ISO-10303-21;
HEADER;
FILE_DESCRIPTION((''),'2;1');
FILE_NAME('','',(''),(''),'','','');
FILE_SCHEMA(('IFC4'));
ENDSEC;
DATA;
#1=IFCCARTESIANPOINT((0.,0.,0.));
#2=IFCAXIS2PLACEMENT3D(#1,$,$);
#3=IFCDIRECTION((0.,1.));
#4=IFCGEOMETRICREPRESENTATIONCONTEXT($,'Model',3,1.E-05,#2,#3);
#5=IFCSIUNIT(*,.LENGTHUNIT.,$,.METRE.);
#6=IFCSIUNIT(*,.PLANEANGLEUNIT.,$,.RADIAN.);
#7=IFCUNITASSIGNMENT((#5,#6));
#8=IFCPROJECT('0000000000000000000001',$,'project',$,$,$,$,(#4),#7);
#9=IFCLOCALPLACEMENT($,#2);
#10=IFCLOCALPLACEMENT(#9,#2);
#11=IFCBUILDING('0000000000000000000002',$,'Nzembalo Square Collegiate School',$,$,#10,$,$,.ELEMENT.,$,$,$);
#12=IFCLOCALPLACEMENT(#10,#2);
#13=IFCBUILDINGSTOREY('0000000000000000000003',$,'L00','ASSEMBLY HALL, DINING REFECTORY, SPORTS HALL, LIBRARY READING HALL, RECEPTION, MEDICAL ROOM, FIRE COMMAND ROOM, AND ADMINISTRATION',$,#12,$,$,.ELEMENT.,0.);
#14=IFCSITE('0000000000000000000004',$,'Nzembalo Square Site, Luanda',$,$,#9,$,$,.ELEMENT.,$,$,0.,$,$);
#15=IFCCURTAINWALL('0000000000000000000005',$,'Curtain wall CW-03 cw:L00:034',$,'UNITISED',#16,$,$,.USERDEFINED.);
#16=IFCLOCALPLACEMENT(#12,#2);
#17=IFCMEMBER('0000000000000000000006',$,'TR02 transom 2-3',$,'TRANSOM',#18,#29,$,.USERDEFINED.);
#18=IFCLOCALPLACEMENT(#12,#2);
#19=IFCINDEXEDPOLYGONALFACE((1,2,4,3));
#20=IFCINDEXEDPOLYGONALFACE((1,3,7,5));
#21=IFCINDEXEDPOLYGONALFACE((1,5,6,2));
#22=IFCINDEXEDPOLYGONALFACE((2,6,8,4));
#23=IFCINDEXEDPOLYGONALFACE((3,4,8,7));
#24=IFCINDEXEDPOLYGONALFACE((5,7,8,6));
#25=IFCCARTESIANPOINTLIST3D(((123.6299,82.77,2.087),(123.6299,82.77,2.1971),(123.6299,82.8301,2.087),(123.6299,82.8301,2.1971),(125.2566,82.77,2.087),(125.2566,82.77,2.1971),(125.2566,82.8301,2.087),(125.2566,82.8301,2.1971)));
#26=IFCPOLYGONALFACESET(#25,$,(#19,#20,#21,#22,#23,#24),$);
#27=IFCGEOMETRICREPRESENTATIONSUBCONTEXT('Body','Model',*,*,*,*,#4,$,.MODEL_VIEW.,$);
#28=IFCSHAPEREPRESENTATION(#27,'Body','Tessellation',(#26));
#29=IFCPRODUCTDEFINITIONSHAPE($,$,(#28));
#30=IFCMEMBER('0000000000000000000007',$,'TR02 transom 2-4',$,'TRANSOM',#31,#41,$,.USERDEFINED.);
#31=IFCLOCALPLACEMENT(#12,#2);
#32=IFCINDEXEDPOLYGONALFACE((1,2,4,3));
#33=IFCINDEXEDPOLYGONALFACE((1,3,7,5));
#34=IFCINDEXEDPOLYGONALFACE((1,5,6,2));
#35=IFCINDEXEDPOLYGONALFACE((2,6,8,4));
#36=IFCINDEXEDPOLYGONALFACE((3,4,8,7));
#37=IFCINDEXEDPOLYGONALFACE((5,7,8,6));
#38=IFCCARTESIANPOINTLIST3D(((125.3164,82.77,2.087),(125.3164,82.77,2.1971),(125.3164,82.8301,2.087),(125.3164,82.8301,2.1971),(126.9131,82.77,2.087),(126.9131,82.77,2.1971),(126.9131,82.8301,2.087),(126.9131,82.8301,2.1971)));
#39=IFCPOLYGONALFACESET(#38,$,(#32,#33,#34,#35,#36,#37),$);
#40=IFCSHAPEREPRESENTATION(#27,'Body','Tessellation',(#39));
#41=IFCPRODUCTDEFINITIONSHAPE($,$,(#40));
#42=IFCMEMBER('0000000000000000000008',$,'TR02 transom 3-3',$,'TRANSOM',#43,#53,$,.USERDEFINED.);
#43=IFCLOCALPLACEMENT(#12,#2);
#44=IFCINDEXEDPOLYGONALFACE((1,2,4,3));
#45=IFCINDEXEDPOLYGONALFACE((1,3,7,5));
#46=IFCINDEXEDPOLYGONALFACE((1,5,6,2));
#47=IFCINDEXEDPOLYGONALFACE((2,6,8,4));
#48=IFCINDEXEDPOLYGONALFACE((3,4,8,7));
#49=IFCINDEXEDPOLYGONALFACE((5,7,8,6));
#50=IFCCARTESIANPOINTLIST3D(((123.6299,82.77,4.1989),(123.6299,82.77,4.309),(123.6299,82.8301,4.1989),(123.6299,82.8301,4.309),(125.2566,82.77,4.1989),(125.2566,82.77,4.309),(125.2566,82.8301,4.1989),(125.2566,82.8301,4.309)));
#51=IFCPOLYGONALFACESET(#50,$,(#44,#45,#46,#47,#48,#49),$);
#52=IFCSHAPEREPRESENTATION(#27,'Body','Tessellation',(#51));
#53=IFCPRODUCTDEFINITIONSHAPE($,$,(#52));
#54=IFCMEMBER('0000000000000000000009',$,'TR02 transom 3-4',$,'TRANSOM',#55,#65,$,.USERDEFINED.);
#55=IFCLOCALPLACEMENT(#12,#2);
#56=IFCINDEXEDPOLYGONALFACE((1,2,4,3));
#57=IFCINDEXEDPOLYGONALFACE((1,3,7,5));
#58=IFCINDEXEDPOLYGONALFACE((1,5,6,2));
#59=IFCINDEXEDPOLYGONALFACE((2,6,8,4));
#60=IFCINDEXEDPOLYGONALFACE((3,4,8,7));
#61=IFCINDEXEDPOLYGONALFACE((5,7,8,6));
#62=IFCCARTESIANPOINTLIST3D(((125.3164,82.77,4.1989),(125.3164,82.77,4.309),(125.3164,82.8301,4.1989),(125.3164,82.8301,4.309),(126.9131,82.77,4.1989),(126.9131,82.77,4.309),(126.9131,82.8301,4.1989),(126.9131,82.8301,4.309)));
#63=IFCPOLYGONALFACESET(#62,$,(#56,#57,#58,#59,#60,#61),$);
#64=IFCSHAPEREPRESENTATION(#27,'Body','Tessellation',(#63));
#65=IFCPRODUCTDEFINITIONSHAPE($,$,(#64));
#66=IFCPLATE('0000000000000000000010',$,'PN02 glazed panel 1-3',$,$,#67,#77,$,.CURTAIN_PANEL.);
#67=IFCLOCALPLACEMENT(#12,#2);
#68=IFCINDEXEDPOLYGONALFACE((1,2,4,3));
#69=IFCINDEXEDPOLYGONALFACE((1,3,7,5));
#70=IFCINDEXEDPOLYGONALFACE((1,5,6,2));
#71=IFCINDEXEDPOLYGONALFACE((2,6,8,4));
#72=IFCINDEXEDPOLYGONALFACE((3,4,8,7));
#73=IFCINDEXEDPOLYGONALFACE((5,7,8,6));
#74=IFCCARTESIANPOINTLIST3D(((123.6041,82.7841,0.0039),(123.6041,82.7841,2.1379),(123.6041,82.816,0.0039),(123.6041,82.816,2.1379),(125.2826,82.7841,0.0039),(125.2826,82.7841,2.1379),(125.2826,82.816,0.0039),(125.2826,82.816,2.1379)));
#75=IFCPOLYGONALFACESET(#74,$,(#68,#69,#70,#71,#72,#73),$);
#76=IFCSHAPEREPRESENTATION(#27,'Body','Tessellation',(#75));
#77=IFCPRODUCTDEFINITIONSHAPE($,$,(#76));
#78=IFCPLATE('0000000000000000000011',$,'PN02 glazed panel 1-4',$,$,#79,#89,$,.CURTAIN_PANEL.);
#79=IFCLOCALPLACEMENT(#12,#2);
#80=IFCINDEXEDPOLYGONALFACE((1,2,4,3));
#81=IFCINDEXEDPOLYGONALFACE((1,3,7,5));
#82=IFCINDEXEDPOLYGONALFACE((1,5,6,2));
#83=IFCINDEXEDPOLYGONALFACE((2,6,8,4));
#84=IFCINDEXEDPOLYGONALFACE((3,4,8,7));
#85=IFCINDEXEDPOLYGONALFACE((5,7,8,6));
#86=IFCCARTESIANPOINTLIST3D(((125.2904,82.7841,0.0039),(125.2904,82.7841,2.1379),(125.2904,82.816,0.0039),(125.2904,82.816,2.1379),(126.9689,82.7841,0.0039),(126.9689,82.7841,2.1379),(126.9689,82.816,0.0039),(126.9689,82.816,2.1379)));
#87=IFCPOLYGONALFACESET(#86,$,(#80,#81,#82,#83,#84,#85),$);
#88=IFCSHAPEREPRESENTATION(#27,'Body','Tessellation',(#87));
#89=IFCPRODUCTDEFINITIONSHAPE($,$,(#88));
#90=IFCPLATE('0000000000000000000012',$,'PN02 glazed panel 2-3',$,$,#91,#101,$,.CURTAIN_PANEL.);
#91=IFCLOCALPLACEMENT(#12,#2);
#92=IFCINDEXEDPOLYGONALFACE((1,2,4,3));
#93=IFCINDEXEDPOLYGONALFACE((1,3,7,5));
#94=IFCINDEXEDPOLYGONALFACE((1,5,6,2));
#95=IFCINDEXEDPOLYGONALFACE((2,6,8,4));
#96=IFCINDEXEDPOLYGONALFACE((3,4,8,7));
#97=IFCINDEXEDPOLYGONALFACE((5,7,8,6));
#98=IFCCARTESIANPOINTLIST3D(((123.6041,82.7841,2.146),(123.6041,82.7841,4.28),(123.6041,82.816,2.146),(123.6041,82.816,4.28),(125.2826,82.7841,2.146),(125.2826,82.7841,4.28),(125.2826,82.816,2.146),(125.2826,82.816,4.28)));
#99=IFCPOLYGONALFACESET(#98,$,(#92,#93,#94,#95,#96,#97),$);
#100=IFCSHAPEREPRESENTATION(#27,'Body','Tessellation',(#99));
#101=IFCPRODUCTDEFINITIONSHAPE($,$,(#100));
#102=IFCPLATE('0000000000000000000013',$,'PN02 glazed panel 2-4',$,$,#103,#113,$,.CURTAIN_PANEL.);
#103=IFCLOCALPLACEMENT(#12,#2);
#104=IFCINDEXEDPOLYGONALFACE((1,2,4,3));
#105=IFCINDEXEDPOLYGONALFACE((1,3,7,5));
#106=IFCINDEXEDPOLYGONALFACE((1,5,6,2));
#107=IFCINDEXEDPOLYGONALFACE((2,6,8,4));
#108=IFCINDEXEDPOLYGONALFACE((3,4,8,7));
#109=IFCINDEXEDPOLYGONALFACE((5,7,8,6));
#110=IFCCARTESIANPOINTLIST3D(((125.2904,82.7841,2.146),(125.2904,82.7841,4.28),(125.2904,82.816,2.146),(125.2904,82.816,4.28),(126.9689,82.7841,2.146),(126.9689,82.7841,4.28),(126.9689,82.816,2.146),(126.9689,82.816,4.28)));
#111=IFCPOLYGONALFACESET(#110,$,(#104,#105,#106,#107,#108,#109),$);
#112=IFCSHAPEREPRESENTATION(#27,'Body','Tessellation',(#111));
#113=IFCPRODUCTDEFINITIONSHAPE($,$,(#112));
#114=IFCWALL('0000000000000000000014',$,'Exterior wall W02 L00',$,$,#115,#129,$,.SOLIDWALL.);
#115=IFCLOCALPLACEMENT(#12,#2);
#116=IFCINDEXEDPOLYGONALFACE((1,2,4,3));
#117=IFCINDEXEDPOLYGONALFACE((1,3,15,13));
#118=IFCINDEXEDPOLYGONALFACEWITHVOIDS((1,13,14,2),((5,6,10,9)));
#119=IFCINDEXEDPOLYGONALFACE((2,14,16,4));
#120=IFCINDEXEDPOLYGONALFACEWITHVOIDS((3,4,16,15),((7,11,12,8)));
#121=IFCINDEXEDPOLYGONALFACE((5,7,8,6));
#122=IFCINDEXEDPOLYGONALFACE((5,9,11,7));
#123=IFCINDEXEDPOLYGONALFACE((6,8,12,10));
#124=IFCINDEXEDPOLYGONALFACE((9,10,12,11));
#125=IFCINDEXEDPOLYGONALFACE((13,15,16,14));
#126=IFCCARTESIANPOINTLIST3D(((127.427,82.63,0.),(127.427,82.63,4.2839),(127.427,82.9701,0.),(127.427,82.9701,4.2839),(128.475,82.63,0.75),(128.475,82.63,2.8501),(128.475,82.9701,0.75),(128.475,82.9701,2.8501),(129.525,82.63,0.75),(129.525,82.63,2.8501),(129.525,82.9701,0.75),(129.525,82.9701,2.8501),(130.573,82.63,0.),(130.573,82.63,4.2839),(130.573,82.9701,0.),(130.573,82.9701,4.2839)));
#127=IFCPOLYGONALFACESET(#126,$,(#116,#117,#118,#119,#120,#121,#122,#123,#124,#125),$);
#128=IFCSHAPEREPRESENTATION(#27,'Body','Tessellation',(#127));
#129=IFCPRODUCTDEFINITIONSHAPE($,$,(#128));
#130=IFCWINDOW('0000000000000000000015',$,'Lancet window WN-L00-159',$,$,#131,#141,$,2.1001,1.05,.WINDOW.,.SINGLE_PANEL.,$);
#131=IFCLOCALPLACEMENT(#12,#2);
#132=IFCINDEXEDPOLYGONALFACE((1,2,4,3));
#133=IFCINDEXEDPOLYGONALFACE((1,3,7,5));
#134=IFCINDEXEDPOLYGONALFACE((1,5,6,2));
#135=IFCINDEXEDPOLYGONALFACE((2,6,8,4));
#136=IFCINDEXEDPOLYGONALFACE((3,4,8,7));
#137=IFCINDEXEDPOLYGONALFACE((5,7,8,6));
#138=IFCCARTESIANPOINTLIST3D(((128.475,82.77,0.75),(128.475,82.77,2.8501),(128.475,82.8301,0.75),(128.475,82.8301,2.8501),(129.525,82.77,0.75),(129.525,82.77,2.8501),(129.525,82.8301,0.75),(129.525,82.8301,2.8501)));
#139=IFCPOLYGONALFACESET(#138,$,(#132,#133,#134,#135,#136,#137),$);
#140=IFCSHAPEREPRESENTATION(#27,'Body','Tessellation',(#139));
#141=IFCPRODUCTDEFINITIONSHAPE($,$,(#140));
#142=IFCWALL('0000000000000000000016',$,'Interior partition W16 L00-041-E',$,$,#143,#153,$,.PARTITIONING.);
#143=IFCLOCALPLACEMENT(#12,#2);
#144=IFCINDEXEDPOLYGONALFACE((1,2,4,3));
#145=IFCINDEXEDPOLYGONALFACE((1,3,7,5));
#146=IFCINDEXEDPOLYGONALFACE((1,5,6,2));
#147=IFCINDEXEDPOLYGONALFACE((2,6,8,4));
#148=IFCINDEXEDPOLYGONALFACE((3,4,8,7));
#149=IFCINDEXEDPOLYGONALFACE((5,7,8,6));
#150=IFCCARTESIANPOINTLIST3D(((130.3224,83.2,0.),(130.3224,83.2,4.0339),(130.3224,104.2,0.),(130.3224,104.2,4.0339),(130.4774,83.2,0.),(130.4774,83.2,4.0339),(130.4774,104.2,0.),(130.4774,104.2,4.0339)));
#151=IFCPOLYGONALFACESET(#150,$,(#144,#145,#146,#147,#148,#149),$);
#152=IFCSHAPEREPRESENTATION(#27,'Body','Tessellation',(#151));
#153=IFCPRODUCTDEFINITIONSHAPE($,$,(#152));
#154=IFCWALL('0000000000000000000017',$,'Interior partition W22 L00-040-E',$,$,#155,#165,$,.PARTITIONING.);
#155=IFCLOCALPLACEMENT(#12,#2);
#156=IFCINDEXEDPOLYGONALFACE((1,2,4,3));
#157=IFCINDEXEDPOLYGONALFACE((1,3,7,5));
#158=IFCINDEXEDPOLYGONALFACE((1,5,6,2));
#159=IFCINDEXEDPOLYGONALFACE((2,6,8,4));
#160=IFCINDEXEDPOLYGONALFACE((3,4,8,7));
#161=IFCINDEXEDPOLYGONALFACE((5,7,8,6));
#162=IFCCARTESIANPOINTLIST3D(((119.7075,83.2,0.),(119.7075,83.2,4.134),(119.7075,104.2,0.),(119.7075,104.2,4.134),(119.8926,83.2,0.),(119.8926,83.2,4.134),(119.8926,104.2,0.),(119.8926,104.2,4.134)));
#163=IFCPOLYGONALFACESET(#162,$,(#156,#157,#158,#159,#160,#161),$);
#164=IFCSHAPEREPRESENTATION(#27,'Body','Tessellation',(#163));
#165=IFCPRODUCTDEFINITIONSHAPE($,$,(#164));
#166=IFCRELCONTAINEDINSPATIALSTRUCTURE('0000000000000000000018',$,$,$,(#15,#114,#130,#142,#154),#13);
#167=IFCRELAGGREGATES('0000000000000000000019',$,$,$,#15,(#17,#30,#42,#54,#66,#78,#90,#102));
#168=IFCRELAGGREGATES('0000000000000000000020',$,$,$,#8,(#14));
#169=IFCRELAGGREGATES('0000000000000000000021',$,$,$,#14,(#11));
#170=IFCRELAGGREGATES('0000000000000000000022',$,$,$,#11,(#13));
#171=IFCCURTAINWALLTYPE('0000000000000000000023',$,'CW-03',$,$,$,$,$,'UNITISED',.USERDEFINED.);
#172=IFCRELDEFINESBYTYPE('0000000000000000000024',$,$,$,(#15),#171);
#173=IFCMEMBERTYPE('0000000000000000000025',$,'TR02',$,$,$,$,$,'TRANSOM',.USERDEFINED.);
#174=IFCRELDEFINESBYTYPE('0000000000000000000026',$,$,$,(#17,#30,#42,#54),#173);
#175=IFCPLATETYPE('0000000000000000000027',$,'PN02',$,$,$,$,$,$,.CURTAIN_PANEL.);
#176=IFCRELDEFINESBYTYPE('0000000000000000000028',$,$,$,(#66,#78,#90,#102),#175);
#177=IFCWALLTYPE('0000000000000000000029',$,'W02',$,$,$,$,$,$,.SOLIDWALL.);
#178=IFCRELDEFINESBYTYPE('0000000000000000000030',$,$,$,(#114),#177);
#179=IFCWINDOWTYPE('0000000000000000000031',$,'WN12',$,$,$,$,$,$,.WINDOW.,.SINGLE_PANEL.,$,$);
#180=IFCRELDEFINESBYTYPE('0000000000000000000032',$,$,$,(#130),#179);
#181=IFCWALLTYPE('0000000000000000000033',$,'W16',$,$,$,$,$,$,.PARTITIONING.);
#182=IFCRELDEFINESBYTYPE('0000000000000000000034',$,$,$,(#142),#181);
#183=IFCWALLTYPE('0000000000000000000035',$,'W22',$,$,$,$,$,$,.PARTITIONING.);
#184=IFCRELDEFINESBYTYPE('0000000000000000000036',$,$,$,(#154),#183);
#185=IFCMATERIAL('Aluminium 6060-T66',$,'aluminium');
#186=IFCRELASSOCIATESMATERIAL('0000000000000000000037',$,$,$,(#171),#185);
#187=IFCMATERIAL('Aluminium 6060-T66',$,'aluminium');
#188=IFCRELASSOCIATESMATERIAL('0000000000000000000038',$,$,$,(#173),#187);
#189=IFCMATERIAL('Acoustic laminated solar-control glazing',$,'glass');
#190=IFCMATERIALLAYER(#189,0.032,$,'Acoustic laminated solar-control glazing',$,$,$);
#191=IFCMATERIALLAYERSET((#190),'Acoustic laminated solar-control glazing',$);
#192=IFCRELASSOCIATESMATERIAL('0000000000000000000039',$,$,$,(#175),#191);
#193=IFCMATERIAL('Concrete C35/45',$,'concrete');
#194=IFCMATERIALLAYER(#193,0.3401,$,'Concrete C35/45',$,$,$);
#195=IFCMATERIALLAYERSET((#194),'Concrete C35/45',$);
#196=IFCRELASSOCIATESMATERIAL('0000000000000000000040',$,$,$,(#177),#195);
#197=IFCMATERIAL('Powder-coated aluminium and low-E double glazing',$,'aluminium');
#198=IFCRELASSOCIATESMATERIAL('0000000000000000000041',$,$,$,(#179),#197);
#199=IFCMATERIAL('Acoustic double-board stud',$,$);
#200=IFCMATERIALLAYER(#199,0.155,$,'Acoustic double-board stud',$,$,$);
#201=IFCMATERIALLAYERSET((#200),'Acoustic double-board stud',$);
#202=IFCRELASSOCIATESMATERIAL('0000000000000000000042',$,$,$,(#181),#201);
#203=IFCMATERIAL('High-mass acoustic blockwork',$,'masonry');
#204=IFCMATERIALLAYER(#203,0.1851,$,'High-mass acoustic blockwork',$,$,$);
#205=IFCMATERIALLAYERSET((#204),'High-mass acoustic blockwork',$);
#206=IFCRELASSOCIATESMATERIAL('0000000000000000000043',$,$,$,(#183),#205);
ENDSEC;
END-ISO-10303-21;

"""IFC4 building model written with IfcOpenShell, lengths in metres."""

from ifc_helpers import new_model, si_unit, direction, frame, frame_2d, origin, origin_2d, place, context, subcontext, project, spatial, rectangle, extrude, material, layer, layer_set, material_profile, profile_set, type_object, element, fill, aggregate, save


model = new_model("IFC4")

# Units and contexts
model_context = context("Model", 3, precision=1e-05, world=origin(), true_north=direction((0.0, 1.0)))
body_context = subcontext(model_context, "Body", "Model", "MODEL_VIEW")
ifc_project = project(units=[si_unit("LENGTHUNIT", "METRE"), si_unit("PLANEANGLEUNIT", "RADIAN")], contexts=[model_context])

# Site, building, storey
site_placement = place(None, origin())
site = spatial("IfcSite", under=ifc_project, at=site_placement, Name="Nzembalo Square Site, Luanda", CompositionType="ELEMENT", RefElevation=0.0)
building_placement = place(site_placement, origin())
building = spatial("IfcBuilding", under=site, at=building_placement, Name="Nzembalo Square Collegiate School", CompositionType="ELEMENT")
storey_placement = place(building_placement, origin())
storey = spatial("IfcBuildingStorey", under=building, at=storey_placement, Name="L00", Description="ASSEMBLY HALL, DINING REFECTORY, SPORTS HALL, LIBRARY READING HALL, RECEPTION, MEDICAL ROOM, FIRE COMMAND ROOM, AND ADMINISTRATION", CompositionType="ELEMENT", Elevation=0.0)

# Curtain wall, members, plates
ifc_material_1 = material(Name="Aluminium 6060-T66", Category="aluminium")
curtain_wall_type = type_object("IfcCurtainWallType", Name="CW-03", ElementType="UNITISED", PredefinedType="USERDEFINED", material=ifc_material_1)
curtain_wall_placement = place(storey_placement, origin())
curtain_wall = element("IfcCurtainWall", 1, at=curtain_wall_placement, inside=storey, type_object=curtain_wall_type, Name="Curtain wall CW-03 cw:L00:034", ObjectType="UNITISED", PredefinedType="USERDEFINED")
ifc_material_2 = material(Name="Aluminium 6060-T66", Category="aluminium")
ifc_material_profile_1 = material_profile(ifc_material_2, rectangle(XDim=0.0601, YDim=0.1101, at=origin_2d()), Name="ALU T60x110")
ifc_profile_set_1 = profile_set([ifc_material_profile_1], Name="Aluminium 6060-T66")
member_type_1 = type_object("IfcMemberType", Name="TR02", ElementType="TRANSOM", PredefinedType="USERDEFINED", material=ifc_profile_set_1)
member_1_placement = place(storey_placement, frame((123.6299, 82.8, 2.1421), z_axis=(1.0, 0.0, 0.0), x_axis=(0.0, 1.0, 0.0)))
member_1 = element("IfcMember", 2, at=member_1_placement, type_object=member_type_1, Name="TR02 transom 2-3", ObjectType="TRANSOM", PredefinedType="USERDEFINED", context=body_context, shape_type="SweptSolid", body=[
    extrude(rectangle(XDim=0.0601, YDim=0.1101, at=origin_2d()), origin(), (0.0, 0.0, 1.0), 1.6267),
])
member_2_placement = place(storey_placement, frame((125.3164, 82.8, 2.1421), z_axis=(1.0, 0.0, 0.0), x_axis=(0.0, 1.0, 0.0)))
member_2 = element("IfcMember", 3, at=member_2_placement, type_object=member_type_1, Name="TR02 transom 2-4", ObjectType="TRANSOM", PredefinedType="USERDEFINED", context=body_context, shape_type="SweptSolid", body=[
    extrude(rectangle(XDim=0.0601, YDim=0.1101, at=origin_2d()), origin(), (0.0, 0.0, 1.0), 1.5967),
])
member_3_placement = place(storey_placement, frame((123.6299, 82.8, 4.2539), z_axis=(1.0, 0.0, 0.0), x_axis=(0.0, 1.0, 0.0)))
member_3 = element("IfcMember", 4, at=member_3_placement, type_object=member_type_1, Name="TR02 transom 3-3", ObjectType="TRANSOM", PredefinedType="USERDEFINED", context=body_context, shape_type="SweptSolid", body=[
    extrude(rectangle(XDim=0.0601, YDim=0.1101, at=origin_2d()), origin(), (0.0, 0.0, 1.0), 1.6267),
])
member_4_placement = place(storey_placement, frame((125.3164, 82.8, 4.2539), z_axis=(1.0, 0.0, 0.0), x_axis=(0.0, 1.0, 0.0)))
member_4 = element("IfcMember", 5, at=member_4_placement, type_object=member_type_1, Name="TR02 transom 3-4", ObjectType="TRANSOM", PredefinedType="USERDEFINED", context=body_context, shape_type="SweptSolid", body=[
    extrude(rectangle(XDim=0.0601, YDim=0.1101, at=origin_2d()), origin(), (0.0, 0.0, 1.0), 1.5967),
])
ifc_material_3 = material(Name="Acoustic laminated solar-control glazing", Category="glass")
ifc_layer_1 = layer(ifc_material_3, 0.032, Name="Acoustic laminated solar-control glazing")
ifc_layer_set_1 = layer_set([ifc_layer_1], Name="Acoustic laminated solar-control glazing")
plate_type = type_object("IfcPlateType", Name="PN02", PredefinedType="CURTAIN_PANEL", material=ifc_layer_set_1)
plate_1_placement = place(storey_placement, frame((124.4434, 82.8, 0.0039), z_axis=(0.0, 0.0, 1.0), x_axis=(1.0, 0.0, 0.0)))
plate_1 = element("IfcPlate", 6, at=plate_1_placement, type_object=plate_type, Name="PN02 glazed panel 1-3", PredefinedType="CURTAIN_PANEL", context=body_context, shape_type="SweptSolid", body=[
    extrude(rectangle(XDim=1.6785, YDim=0.032, at=origin_2d()), origin(), (0.0, 0.0, 1.0), 2.134),
])
plate_2_placement = place(storey_placement, frame((126.1296, 82.8, 0.0039), z_axis=(0.0, 0.0, 1.0), x_axis=(1.0, 0.0, 0.0)))
plate_2 = element("IfcPlate", 7, at=plate_2_placement, type_object=plate_type, Name="PN02 glazed panel 1-4", PredefinedType="CURTAIN_PANEL", context=body_context, shape_type="SweptSolid", body=[
    extrude(rectangle(XDim=1.6785, YDim=0.032, at=origin_2d()), origin(), (0.0, 0.0, 1.0), 2.134),
])
plate_3_placement = place(storey_placement, frame((124.4434, 82.8, 2.146), z_axis=(0.0, 0.0, 1.0), x_axis=(1.0, 0.0, 0.0)))
plate_3 = element("IfcPlate", 8, at=plate_3_placement, type_object=plate_type, Name="PN02 glazed panel 2-3", PredefinedType="CURTAIN_PANEL", context=body_context, shape_type="SweptSolid", body=[
    extrude(rectangle(XDim=1.6785, YDim=0.032, at=origin_2d()), origin(), (0.0, 0.0, 1.0), 2.134),
])
plate_4_placement = place(storey_placement, frame((126.1296, 82.8, 2.146), z_axis=(0.0, 0.0, 1.0), x_axis=(1.0, 0.0, 0.0)))
plate_4 = element("IfcPlate", 9, at=plate_4_placement, type_object=plate_type, Name="PN02 glazed panel 2-4", PredefinedType="CURTAIN_PANEL", context=body_context, shape_type="SweptSolid", body=[
    extrude(rectangle(XDim=1.6785, YDim=0.032, at=origin_2d()), origin(), (0.0, 0.0, 1.0), 2.134),
])
aggregate(curtain_wall, [member_1, member_2, member_3, member_4, plate_1, plate_2, plate_3, plate_4])

# Wall, opening, window
ifc_material_4 = material(Name="Concrete C35/45", Category="concrete")
ifc_layer_2 = layer(ifc_material_4, 0.3401, Name="Concrete C35/45")
ifc_layer_set_2 = layer_set([ifc_layer_2], Name="Concrete C35/45")
wall_type_1 = type_object("IfcWallType", Name="W02", PredefinedType="SOLIDWALL", material=ifc_layer_set_2)
wall_1_placement = place(storey_placement, frame((127.427, 82.8, 0.0), z_axis=(0.0, 0.0, 1.0), x_axis=(1.0, 0.0, 0.0)))
wall_1 = element("IfcWall", 10, at=wall_1_placement, inside=storey, type_object=wall_type_1, Name="Exterior wall W02 L00", PredefinedType="SOLIDWALL", context=body_context, shape_type="SweptSolid", body=[
    extrude(rectangle(XDim=3.146, YDim=0.3401, at=frame_2d((1.573, 0.0))), origin(), (0.0, 0.0, 1.0), 4.2839),
])
opening_placement = place(wall_1_placement, frame((1.0481, 0.0, 0.75)))
opening = element("IfcOpeningElement", 11, at=opening_placement, cuts=wall_1, PredefinedType="OPENING", context=body_context, shape_type="SweptSolid", body=[
    extrude(rectangle(XDim=1.05, YDim=2.1001, at=frame_2d((0.5249, 1.05))), frame((0.0, 0.1802, 0.0), z_axis=(0.0, -1.0, 0.0), x_axis=(1.0, 0.0, 0.0)), (0.0, 0.0, 1.0), 0.3601),
])
ifc_material_5 = material(Name="Powder-coated aluminium and low-E double glazing", Category="aluminium")
window_type = type_object("IfcWindowType", Name="WN12", PartitioningType="SINGLE_PANEL", PredefinedType="WINDOW", material=ifc_material_5)
window_placement = place(opening_placement, origin())
window = element("IfcWindow", 12, at=window_placement, inside=storey, type_object=window_type, Name="Lancet window WN-L00-159", OverallHeight=2.1001, OverallWidth=1.05, PartitioningType="SINGLE_PANEL", PredefinedType="WINDOW", context=body_context, shape_type="SweptSolid", body=[
    extrude(rectangle(XDim=1.05, YDim=2.1001, at=frame_2d((0.5249, 1.05))), frame((0.0, 0.03, 0.0), z_axis=(0.0, -1.0, 0.0), x_axis=(1.0, 0.0, 0.0)), (0.0, 0.0, 1.0), 0.0601),
])
fill(opening, window)

# Walls
ifc_material_6 = material(Name="Acoustic double-board stud")
ifc_layer_3 = layer(ifc_material_6, 0.155, Name="Acoustic double-board stud")
ifc_layer_set_3 = layer_set([ifc_layer_3], Name="Acoustic double-board stud")
wall_type_2 = type_object("IfcWallType", Name="W16", PredefinedType="PARTITIONING", material=ifc_layer_set_3)
wall_2_placement = place(storey_placement, frame((130.3999, 83.2, 0.0), z_axis=(0.0, 0.0, 1.0), x_axis=(0.0, 1.0, 0.0)))
element("IfcWall", 13, at=wall_2_placement, inside=storey, type_object=wall_type_2, Name="Interior partition W16 L00-041-E", PredefinedType="PARTITIONING", context=body_context, shape_type="SweptSolid", body=[
    extrude(rectangle(XDim=21.0, YDim=0.155, at=frame_2d((10.5, 0.0))), origin(), (0.0, 0.0, 1.0), 4.0339),
])
ifc_material_7 = material(Name="High-mass acoustic blockwork", Category="masonry")
ifc_layer_4 = layer(ifc_material_7, 0.1851, Name="High-mass acoustic blockwork")
ifc_layer_set_4 = layer_set([ifc_layer_4], Name="High-mass acoustic blockwork")
wall_type_3 = type_object("IfcWallType", Name="W22", PredefinedType="PARTITIONING", material=ifc_layer_set_4)
wall_3_placement = place(storey_placement, frame((119.8, 83.2, 0.0), z_axis=(0.0, 0.0, 1.0), x_axis=(0.0, 1.0, 0.0)))
element("IfcWall", 14, at=wall_3_placement, inside=storey, type_object=wall_type_3, Name="Interior partition W22 L00-040-E", PredefinedType="PARTITIONING", context=body_context, shape_type="SweptSolid", body=[
    extrude(rectangle(XDim=21.0, YDim=0.1851, at=frame_2d((10.5, 0.0))), origin(), (0.0, 0.0, 1.0), 4.134),
])

save(model, "model.ifc")
